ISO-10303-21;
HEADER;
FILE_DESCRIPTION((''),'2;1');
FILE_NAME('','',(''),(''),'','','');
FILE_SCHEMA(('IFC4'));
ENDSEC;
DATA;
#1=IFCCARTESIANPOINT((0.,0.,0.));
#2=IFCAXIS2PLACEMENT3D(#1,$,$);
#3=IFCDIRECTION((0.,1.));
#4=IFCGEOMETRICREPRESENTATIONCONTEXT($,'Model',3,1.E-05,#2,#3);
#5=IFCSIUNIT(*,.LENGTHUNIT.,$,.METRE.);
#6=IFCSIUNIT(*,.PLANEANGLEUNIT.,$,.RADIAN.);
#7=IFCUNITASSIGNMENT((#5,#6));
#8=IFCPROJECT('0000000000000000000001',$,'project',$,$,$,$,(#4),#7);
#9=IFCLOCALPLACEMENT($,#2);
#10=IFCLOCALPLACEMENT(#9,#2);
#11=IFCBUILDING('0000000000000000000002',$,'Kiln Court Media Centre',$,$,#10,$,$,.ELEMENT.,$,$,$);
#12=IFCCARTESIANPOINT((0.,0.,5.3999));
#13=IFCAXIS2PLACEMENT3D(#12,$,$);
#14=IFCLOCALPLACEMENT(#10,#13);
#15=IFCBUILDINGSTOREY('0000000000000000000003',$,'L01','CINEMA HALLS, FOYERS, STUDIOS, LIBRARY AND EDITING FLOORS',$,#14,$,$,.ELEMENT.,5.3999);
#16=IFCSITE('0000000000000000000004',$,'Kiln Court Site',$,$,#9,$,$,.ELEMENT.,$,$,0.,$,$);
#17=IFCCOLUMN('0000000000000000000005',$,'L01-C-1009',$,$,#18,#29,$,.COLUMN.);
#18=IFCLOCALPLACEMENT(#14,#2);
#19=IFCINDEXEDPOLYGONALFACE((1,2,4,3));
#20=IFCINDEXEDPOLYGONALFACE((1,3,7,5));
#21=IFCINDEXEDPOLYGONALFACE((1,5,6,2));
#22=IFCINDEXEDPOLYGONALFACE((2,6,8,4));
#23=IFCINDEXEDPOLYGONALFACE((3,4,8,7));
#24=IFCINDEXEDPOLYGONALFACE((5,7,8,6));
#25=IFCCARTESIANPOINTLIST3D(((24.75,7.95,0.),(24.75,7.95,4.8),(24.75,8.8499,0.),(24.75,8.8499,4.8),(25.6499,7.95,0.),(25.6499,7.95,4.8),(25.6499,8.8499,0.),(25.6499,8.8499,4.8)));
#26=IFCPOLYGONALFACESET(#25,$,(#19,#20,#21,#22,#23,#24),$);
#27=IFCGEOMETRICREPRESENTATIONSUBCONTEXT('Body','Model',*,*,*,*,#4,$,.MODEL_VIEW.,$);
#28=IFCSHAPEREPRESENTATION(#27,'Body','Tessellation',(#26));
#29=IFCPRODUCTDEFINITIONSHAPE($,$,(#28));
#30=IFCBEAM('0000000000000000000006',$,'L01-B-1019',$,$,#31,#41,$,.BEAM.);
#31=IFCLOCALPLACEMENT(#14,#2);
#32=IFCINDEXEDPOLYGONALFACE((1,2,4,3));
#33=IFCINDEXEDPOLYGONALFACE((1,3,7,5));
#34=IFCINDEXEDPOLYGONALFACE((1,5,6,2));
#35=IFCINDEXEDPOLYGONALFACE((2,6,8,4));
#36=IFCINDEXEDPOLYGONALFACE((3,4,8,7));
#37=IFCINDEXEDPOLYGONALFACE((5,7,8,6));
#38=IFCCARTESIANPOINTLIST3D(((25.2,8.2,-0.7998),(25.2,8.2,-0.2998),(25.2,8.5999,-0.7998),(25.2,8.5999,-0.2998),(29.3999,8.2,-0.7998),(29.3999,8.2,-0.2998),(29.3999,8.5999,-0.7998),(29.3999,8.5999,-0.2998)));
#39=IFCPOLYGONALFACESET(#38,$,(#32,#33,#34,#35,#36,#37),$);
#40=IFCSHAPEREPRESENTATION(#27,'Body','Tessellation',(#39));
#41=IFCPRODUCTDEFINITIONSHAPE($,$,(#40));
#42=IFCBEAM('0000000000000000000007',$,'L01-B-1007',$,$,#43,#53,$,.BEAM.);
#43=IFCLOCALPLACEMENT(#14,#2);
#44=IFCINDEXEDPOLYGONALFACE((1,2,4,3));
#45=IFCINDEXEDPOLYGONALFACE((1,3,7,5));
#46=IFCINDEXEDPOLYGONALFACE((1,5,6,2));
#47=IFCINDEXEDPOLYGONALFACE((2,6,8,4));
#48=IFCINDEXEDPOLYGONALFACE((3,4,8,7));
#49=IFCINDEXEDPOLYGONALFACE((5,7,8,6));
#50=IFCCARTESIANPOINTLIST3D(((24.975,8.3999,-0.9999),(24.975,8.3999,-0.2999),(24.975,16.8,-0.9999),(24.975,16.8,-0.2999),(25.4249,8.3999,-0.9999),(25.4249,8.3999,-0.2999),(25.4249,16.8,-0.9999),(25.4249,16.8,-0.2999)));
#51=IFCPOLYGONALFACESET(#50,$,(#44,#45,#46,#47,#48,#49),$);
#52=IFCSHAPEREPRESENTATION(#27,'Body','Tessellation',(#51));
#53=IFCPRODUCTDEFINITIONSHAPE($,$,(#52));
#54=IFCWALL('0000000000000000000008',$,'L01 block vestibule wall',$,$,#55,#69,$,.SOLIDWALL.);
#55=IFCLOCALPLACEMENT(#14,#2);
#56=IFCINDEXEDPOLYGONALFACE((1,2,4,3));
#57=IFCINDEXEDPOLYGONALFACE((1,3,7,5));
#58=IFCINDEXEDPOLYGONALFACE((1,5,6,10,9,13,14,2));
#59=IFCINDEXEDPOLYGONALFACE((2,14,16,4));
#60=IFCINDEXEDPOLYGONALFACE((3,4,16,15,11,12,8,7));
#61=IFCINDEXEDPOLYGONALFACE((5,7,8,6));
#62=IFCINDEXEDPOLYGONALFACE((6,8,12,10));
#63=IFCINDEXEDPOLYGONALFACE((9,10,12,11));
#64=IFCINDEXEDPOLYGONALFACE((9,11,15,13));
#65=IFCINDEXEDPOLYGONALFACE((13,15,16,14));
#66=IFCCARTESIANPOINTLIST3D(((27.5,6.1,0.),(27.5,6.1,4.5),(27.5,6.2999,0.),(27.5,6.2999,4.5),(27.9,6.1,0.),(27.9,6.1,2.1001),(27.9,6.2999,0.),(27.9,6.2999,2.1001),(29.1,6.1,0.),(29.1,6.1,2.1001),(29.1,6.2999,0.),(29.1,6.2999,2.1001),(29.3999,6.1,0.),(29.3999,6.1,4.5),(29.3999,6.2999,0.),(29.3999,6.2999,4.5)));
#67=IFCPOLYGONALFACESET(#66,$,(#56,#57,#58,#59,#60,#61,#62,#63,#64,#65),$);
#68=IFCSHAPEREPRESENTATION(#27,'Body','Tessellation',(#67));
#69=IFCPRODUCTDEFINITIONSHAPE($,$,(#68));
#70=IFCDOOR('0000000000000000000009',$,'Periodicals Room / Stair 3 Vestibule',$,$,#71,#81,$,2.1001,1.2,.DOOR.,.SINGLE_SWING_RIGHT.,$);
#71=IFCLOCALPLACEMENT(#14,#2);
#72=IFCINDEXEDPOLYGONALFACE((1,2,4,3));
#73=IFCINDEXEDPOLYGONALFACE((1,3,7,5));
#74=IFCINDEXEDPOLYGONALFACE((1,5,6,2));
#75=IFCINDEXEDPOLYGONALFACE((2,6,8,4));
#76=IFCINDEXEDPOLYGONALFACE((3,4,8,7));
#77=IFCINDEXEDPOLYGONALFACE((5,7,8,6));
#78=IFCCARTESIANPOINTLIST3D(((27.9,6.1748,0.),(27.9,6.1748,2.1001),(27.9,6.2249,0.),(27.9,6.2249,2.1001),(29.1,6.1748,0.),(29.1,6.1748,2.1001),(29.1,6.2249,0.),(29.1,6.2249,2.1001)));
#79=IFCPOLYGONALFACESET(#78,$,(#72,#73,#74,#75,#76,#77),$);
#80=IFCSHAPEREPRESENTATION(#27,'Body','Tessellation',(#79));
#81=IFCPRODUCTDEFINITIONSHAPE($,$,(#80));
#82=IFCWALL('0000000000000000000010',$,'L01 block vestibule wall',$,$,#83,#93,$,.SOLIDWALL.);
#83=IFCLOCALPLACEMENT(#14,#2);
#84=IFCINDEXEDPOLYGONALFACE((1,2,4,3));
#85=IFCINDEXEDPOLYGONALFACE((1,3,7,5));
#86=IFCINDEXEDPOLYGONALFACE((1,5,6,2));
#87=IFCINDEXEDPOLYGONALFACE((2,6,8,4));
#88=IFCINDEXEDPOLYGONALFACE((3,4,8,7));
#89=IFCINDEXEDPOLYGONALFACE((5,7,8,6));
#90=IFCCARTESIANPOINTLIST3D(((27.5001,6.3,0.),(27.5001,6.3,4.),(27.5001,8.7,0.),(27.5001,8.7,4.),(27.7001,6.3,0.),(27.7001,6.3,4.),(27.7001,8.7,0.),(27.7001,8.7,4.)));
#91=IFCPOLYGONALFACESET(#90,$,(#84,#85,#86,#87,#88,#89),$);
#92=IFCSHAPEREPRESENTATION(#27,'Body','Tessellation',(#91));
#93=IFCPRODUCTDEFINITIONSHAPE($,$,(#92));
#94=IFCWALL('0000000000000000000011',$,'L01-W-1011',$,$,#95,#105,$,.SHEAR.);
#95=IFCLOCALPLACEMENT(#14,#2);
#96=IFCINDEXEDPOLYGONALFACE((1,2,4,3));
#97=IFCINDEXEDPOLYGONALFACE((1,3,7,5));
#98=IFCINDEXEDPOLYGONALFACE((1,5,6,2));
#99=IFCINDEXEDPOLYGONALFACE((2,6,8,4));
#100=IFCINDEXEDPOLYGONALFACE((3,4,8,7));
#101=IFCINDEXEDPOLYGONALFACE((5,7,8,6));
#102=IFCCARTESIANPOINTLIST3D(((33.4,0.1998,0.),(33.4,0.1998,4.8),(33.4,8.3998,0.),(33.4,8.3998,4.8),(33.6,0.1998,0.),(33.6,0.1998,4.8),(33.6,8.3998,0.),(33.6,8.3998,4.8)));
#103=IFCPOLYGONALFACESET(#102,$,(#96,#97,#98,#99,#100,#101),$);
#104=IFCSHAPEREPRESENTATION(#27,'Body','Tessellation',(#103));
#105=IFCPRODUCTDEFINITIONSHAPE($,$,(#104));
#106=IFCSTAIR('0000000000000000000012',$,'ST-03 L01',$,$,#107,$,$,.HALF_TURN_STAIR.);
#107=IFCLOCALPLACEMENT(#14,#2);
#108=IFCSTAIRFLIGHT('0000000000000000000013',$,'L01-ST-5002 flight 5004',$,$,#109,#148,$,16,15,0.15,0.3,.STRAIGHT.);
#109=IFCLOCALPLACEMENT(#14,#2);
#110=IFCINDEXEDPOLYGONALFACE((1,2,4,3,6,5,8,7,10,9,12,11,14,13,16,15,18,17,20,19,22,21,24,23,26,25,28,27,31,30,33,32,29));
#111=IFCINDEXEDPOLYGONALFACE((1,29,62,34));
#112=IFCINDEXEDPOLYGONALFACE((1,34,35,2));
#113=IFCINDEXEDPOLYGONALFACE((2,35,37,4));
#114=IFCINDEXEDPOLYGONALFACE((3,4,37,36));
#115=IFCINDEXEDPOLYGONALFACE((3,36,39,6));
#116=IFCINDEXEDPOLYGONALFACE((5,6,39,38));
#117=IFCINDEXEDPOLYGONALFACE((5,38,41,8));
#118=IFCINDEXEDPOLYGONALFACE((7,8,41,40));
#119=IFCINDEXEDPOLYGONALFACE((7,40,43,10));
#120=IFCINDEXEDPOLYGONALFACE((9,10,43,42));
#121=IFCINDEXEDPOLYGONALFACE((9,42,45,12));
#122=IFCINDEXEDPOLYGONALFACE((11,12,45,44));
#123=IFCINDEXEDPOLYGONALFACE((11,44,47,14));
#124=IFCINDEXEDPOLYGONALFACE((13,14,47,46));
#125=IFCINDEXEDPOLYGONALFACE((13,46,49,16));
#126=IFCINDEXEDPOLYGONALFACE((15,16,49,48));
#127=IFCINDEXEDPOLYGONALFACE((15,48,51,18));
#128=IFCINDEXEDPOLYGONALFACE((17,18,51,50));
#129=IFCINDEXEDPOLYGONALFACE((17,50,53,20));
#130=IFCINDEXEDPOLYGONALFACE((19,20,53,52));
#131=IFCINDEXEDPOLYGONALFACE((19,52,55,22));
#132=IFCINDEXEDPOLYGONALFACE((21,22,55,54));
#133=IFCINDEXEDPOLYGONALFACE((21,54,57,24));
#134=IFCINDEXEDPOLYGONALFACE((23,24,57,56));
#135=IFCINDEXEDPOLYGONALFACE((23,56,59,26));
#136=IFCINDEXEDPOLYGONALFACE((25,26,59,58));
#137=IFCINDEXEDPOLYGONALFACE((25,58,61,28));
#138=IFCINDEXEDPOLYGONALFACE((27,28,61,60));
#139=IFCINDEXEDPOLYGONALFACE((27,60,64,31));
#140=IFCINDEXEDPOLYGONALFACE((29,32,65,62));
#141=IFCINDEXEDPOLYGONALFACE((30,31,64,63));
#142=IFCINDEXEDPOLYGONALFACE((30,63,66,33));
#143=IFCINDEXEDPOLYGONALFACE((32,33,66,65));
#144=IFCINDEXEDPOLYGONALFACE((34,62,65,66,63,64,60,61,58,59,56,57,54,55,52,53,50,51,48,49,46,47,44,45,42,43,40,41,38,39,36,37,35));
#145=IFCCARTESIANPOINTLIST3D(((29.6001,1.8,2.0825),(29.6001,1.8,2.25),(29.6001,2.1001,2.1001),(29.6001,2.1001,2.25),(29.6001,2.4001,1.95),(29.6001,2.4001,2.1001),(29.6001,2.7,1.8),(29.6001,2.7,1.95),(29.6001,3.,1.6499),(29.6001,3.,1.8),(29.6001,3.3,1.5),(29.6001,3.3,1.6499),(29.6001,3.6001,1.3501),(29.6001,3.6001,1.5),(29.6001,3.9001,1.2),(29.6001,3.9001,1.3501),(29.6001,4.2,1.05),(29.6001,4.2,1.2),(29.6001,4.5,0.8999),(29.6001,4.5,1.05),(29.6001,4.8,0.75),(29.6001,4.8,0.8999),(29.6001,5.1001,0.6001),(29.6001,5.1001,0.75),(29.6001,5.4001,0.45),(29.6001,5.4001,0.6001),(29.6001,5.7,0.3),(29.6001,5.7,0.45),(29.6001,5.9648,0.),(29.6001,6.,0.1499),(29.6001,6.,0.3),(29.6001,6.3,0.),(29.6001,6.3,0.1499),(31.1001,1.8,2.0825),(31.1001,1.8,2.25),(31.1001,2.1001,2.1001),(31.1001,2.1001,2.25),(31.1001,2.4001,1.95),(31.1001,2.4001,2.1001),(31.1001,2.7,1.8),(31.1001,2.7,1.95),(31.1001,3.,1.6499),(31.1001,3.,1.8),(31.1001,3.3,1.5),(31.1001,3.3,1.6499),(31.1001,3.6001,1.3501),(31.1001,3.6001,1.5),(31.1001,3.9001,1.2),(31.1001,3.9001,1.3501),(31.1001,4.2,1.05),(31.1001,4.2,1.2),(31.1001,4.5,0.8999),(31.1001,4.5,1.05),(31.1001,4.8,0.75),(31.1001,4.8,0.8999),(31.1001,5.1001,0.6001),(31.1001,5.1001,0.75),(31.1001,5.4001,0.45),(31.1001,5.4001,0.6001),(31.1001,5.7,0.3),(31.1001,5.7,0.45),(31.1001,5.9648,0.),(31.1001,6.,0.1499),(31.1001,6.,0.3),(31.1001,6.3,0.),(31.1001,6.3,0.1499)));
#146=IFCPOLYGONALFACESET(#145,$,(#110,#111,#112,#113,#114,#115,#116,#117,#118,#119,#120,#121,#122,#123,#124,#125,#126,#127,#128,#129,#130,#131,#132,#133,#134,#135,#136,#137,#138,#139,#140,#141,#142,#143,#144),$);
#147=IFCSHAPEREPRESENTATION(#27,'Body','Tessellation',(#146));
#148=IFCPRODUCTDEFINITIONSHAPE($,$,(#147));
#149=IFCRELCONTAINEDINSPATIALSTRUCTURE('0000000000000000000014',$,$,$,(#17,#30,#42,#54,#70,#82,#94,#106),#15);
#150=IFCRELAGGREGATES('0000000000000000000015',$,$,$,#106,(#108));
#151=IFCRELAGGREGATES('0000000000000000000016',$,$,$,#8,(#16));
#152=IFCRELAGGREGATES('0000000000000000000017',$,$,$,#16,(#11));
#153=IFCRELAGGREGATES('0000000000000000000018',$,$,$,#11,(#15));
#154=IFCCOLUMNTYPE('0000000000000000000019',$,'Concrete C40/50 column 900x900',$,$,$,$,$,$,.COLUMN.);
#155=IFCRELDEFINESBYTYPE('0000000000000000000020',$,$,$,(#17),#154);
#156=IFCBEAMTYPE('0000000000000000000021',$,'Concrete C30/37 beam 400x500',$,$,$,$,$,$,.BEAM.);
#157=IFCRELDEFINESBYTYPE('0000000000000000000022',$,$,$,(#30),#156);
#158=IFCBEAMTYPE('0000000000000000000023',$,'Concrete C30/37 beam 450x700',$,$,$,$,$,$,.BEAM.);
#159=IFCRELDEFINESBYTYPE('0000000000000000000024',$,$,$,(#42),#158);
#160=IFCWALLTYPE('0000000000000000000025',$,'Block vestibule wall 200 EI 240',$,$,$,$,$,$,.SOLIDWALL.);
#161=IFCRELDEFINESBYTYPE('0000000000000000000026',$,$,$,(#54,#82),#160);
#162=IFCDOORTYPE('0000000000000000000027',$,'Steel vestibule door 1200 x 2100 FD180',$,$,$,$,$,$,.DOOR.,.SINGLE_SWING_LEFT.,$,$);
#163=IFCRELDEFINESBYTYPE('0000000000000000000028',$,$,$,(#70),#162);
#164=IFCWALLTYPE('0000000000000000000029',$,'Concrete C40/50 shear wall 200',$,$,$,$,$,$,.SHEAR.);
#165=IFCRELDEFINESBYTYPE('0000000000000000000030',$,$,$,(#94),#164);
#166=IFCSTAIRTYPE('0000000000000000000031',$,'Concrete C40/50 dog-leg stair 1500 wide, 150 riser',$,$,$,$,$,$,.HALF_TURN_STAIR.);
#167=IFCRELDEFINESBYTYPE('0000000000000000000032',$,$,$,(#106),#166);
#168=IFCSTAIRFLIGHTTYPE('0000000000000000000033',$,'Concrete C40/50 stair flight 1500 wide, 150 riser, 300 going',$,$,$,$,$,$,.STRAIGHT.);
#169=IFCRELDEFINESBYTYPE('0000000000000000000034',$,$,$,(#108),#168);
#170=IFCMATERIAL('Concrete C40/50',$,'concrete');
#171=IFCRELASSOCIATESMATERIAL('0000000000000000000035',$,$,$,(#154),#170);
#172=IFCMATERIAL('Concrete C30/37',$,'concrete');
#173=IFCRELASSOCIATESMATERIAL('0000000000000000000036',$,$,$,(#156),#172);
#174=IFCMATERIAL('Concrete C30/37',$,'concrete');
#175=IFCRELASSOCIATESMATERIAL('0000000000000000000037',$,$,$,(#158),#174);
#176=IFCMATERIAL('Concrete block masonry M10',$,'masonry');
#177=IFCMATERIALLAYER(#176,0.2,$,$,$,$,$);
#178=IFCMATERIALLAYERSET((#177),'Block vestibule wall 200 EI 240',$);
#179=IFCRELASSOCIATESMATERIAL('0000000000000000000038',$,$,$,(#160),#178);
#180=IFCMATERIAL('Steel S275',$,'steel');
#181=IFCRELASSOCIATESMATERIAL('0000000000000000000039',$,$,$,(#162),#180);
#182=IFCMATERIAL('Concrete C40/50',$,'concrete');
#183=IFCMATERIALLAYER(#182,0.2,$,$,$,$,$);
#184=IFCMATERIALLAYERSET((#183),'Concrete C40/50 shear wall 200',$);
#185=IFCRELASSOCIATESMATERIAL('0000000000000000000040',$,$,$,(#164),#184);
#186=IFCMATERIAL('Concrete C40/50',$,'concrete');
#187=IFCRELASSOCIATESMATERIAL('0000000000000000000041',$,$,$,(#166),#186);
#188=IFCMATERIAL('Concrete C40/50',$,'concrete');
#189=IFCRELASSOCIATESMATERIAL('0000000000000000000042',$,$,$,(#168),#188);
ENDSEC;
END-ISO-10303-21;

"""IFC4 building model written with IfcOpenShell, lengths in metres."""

from ifc_helpers import new_model, si_unit, direction, frame, frame_2d, origin, origin_2d, place, context, subcontext, project, spatial, polyline, rectangle, outline, extrude, material, layer, layer_set, material_profile, profile_set, type_object, element, fill, aggregate, save


model = new_model("IFC4")

# Units and contexts
model_context = context("Model", 3, precision=1e-05, world=origin(), true_north=direction((0.0, 1.0)))
body_context = subcontext(model_context, "Body", "Model", "MODEL_VIEW")
ifc_project = project(units=[si_unit("LENGTHUNIT", "METRE"), si_unit("PLANEANGLEUNIT", "RADIAN")], contexts=[model_context])

# Site, building, storey
site_placement = place(None, origin())
site = spatial("IfcSite", under=ifc_project, at=site_placement, Name="Kiln Court Site", CompositionType="ELEMENT", RefElevation=0.0)
building_placement = place(site_placement, origin())
building = spatial("IfcBuilding", under=site, at=building_placement, Name="Kiln Court Media Centre", CompositionType="ELEMENT")
storey_placement = place(building_placement, frame((0.0, 0.0, 5.3999)))
storey = spatial("IfcBuildingStorey", under=building, at=storey_placement, Name="L01", Description="CINEMA HALLS, FOYERS, STUDIOS, LIBRARY AND EDITING FLOORS", CompositionType="ELEMENT", Elevation=5.3999)

# Column
ifc_material_1 = material(Name="Concrete C40/50", Category="concrete")
ifc_material_profile_1 = material_profile(ifc_material_1, rectangle(XDim=0.8999, YDim=0.8999, at=origin_2d()), Name="RC 900x900")
ifc_profile_set_1 = profile_set([ifc_material_profile_1], Name="Concrete C40/50")
column_type = type_object("IfcColumnType", Name="Concrete C40/50 column 900x900", PredefinedType="COLUMN", material=ifc_profile_set_1)
column_placement = place(storey_placement, frame((25.2, 8.3999, 0.0), z_axis=(0.0, 0.0, 1.0), x_axis=(1.0, 0.0, 0.0)))
element("IfcColumn", 1, at=column_placement, inside=storey, type_object=column_type, Name="L01-C-1009", PredefinedType="COLUMN", context=body_context, shape_type="SweptSolid", body=[
    extrude(rectangle(XDim=0.8999, YDim=0.8999, at=origin_2d()), origin(), (0.0, 0.0, 1.0), 4.8),
])

# Beams
ifc_material_2 = material(Name="Concrete C30/37", Category="concrete")
ifc_material_profile_2 = material_profile(ifc_material_2, rectangle(XDim=0.3999, YDim=0.5, at=origin_2d()), Name="RC 400x500")
ifc_profile_set_2 = profile_set([ifc_material_profile_2], Name="Concrete C30/37")
beam_type_1 = type_object("IfcBeamType", Name="Concrete C30/37 beam 400x500", PredefinedType="BEAM", material=ifc_profile_set_2)
beam_1_placement = place(storey_placement, frame((25.2, 8.3999, -0.5498), z_axis=(1.0, 0.0, 0.0), x_axis=(0.0, 1.0, 0.0)))
element("IfcBeam", 2, at=beam_1_placement, inside=storey, type_object=beam_type_1, Name="L01-B-1019", PredefinedType="BEAM", context=body_context, shape_type="SweptSolid", body=[
    extrude(rectangle(XDim=0.3999, YDim=0.5, at=origin_2d()), origin(), (0.0, 0.0, 1.0), 4.2),
])
ifc_material_3 = material(Name="Concrete C30/37", Category="concrete")
ifc_material_profile_3 = material_profile(ifc_material_3, rectangle(XDim=0.45, YDim=0.7, at=origin_2d()), Name="RC 450x700")
ifc_profile_set_3 = profile_set([ifc_material_profile_3], Name="Concrete C30/37")
beam_type_2 = type_object("IfcBeamType", Name="Concrete C30/37 beam 450x700", PredefinedType="BEAM", material=ifc_profile_set_3)
beam_2_placement = place(storey_placement, frame((25.2, 8.3999, -0.6499), z_axis=(0.0, 1.0, 0.0), x_axis=(-1.0, 0.0, 0.0)))
element("IfcBeam", 3, at=beam_2_placement, inside=storey, type_object=beam_type_2, Name="L01-B-1007", PredefinedType="BEAM", context=body_context, shape_type="SweptSolid", body=[
    extrude(rectangle(XDim=0.45, YDim=0.7, at=origin_2d()), origin(), (0.0, 0.0, 1.0), 8.4001),
])

# Wall, opening, door
ifc_material_4 = material(Name="Concrete block masonry M10", Category="masonry")
ifc_layer_1 = layer(ifc_material_4, 0.2)
ifc_layer_set_1 = layer_set([ifc_layer_1], Name="Block vestibule wall 200 EI 240")
wall_type_1 = type_object("IfcWallType", Name="Block vestibule wall 200 EI 240", PredefinedType="SOLIDWALL", material=ifc_layer_set_1)
wall_1_placement = place(storey_placement, frame((27.5, 6.2, 0.0), z_axis=(0.0, 0.0, 1.0), x_axis=(1.0, 0.0, 0.0)))
wall_1 = element("IfcWall", 4, at=wall_1_placement, inside=storey, type_object=wall_type_1, Name="L01 block vestibule wall", PredefinedType="SOLIDWALL", context=body_context, shape_type="SweptSolid", body=[
    extrude(rectangle(XDim=1.8999, YDim=0.2, at=frame_2d((0.95, 0.0))), origin(), (0.0, 0.0, 1.0), 4.5),
])
opening_placement = place(wall_1_placement, frame((0.3999, 0.0, 0.0)))
opening = element("IfcOpeningElement", 5, at=opening_placement, cuts=wall_1, PredefinedType="OPENING", context=body_context, shape_type="SweptSolid", body=[
    extrude(rectangle(XDim=1.2, YDim=2.1001, at=frame_2d((0.6001, 1.05))), frame((0.0, 0.1099, 0.0), z_axis=(0.0, -1.0, 0.0), x_axis=(1.0, 0.0, 0.0)), (0.0, 0.0, 1.0), 0.22),
])
ifc_material_5 = material(Name="Steel S275", Category="steel")
door_type = type_object("IfcDoorType", Name="Steel vestibule door 1200 x 2100 FD180", OperationType="SINGLE_SWING_LEFT", PredefinedType="DOOR", material=ifc_material_5)
door_placement = place(opening_placement, origin())
door = element("IfcDoor", 6, at=door_placement, inside=storey, type_object=door_type, Name="Periodicals Room / Stair 3 Vestibule", OperationType="SINGLE_SWING_RIGHT", OverallHeight=2.1001, OverallWidth=1.2, PredefinedType="DOOR", context=body_context, shape_type="SweptSolid", body=[
    extrude(rectangle(XDim=1.2, YDim=2.1001, at=frame_2d((0.6001, 1.05))), frame((0.0, 0.0249, 0.0), z_axis=(0.0, -1.0, 0.0), x_axis=(1.0, 0.0, 0.0)), (0.0, 0.0, 1.0), 0.05),
])
fill(opening, door)

# Walls
wall_2_placement = place(storey_placement, frame((27.6001, 6.3, 0.0), z_axis=(0.0, 0.0, 1.0), x_axis=(0.0, 1.0, 0.0)))
element("IfcWall", 7, at=wall_2_placement, inside=storey, type_object=wall_type_1, Name="L01 block vestibule wall", PredefinedType="SOLIDWALL", context=body_context, shape_type="SweptSolid", body=[
    extrude(rectangle(XDim=2.3999, YDim=0.2, at=frame_2d((1.2, 0.0))), origin(), (0.0, 0.0, 1.0), 4.0),
])
ifc_material_6 = material(Name="Concrete C40/50", Category="concrete")
ifc_layer_2 = layer(ifc_material_6, 0.2)
ifc_layer_set_2 = layer_set([ifc_layer_2], Name="Concrete C40/50 shear wall 200")
wall_type_2 = type_object("IfcWallType", Name="Concrete C40/50 shear wall 200", PredefinedType="SHEAR", material=ifc_layer_set_2)
wall_3_placement = place(storey_placement, frame((33.5, 8.3999, 0.0), z_axis=(0.0, 0.0, 1.0), x_axis=(0.0, -1.0, 0.0)))
element("IfcWall", 8, at=wall_3_placement, inside=storey, type_object=wall_type_2, Name="L01-W-1011", PredefinedType="SHEAR", context=body_context, shape_type="SweptSolid", body=[
    extrude(rectangle(XDim=8.2, YDim=0.2, at=frame_2d((4.1001, 0.0))), origin(), (0.0, 0.0, 1.0), 4.8),
])

# Stair, stair flight
ifc_material_7 = material(Name="Concrete C40/50", Category="concrete")
stair_type = type_object("IfcStairType", Name="Concrete C40/50 dog-leg stair 1500 wide, 150 riser", PredefinedType="HALF_TURN_STAIR", material=ifc_material_7)
stair_placement = place(storey_placement, origin())
stair = element("IfcStair", 9, at=stair_placement, inside=storey, type_object=stair_type, Name="ST-03 L01", PredefinedType="HALF_TURN_STAIR")
ifc_material_8 = material(Name="Concrete C40/50", Category="concrete")
stair_flight_type = type_object("IfcStairFlightType", Name="Concrete C40/50 stair flight 1500 wide, 150 riser, 300 going", PredefinedType="STRAIGHT", material=ifc_material_8)
stair_flight_1_placement = place(storey_placement, frame((30.3501, 6.3, 0.0), z_axis=(0.0, 0.0, 1.0), x_axis=(0.0, -1.0, 0.0)))
stair_flight_1 = element("IfcStairFlight", 10, at=stair_flight_1_placement, type_object=stair_flight_type, Name="L01-ST-5002 flight 5004", NumberOfRisers=16, NumberOfTreads=15, PredefinedType="STRAIGHT", RiserHeight=0.15, TreadLength=0.3, context=body_context, shape_type="SweptSolid", body=[
    extrude(outline(polyline([(0.0, 0.0), (0.0, 0.1499), (0.3, 0.1499), (0.3, 0.3), (0.6001, 0.3), (0.6001, 0.45), (0.8999, 0.45), (0.8999, 0.6001), (1.2, 0.6001), (1.2, 0.75), (1.5, 0.75), (1.5, 0.8999), (1.8, 0.8999), (1.8, 1.05), (2.1001, 1.05), (2.1001, 1.2), (2.3999, 1.2), (2.3999, 1.3501), (2.7, 1.3501), (2.7, 1.5), (3.0, 1.5), (3.0, 1.6499), (3.3, 1.6499), (3.3, 1.8), (3.6001, 1.8), (3.6001, 1.95), (3.8999, 1.95), (3.8999, 2.1001), (4.2, 2.1001), (4.2, 2.25), (4.5, 2.25), (4.5, 2.3999), (4.5, 2.0825), (0.3352, 0.0), (0.0, 0.0)])), frame((0.0, 0.75, 0.0), z_axis=(0.0, -1.0, 0.0), x_axis=(1.0, 0.0, 0.0)), (0.0, 0.0, 1.0), 1.5),
])
aggregate(stair, [stair_flight_1])

save(model, "model.ifc")
